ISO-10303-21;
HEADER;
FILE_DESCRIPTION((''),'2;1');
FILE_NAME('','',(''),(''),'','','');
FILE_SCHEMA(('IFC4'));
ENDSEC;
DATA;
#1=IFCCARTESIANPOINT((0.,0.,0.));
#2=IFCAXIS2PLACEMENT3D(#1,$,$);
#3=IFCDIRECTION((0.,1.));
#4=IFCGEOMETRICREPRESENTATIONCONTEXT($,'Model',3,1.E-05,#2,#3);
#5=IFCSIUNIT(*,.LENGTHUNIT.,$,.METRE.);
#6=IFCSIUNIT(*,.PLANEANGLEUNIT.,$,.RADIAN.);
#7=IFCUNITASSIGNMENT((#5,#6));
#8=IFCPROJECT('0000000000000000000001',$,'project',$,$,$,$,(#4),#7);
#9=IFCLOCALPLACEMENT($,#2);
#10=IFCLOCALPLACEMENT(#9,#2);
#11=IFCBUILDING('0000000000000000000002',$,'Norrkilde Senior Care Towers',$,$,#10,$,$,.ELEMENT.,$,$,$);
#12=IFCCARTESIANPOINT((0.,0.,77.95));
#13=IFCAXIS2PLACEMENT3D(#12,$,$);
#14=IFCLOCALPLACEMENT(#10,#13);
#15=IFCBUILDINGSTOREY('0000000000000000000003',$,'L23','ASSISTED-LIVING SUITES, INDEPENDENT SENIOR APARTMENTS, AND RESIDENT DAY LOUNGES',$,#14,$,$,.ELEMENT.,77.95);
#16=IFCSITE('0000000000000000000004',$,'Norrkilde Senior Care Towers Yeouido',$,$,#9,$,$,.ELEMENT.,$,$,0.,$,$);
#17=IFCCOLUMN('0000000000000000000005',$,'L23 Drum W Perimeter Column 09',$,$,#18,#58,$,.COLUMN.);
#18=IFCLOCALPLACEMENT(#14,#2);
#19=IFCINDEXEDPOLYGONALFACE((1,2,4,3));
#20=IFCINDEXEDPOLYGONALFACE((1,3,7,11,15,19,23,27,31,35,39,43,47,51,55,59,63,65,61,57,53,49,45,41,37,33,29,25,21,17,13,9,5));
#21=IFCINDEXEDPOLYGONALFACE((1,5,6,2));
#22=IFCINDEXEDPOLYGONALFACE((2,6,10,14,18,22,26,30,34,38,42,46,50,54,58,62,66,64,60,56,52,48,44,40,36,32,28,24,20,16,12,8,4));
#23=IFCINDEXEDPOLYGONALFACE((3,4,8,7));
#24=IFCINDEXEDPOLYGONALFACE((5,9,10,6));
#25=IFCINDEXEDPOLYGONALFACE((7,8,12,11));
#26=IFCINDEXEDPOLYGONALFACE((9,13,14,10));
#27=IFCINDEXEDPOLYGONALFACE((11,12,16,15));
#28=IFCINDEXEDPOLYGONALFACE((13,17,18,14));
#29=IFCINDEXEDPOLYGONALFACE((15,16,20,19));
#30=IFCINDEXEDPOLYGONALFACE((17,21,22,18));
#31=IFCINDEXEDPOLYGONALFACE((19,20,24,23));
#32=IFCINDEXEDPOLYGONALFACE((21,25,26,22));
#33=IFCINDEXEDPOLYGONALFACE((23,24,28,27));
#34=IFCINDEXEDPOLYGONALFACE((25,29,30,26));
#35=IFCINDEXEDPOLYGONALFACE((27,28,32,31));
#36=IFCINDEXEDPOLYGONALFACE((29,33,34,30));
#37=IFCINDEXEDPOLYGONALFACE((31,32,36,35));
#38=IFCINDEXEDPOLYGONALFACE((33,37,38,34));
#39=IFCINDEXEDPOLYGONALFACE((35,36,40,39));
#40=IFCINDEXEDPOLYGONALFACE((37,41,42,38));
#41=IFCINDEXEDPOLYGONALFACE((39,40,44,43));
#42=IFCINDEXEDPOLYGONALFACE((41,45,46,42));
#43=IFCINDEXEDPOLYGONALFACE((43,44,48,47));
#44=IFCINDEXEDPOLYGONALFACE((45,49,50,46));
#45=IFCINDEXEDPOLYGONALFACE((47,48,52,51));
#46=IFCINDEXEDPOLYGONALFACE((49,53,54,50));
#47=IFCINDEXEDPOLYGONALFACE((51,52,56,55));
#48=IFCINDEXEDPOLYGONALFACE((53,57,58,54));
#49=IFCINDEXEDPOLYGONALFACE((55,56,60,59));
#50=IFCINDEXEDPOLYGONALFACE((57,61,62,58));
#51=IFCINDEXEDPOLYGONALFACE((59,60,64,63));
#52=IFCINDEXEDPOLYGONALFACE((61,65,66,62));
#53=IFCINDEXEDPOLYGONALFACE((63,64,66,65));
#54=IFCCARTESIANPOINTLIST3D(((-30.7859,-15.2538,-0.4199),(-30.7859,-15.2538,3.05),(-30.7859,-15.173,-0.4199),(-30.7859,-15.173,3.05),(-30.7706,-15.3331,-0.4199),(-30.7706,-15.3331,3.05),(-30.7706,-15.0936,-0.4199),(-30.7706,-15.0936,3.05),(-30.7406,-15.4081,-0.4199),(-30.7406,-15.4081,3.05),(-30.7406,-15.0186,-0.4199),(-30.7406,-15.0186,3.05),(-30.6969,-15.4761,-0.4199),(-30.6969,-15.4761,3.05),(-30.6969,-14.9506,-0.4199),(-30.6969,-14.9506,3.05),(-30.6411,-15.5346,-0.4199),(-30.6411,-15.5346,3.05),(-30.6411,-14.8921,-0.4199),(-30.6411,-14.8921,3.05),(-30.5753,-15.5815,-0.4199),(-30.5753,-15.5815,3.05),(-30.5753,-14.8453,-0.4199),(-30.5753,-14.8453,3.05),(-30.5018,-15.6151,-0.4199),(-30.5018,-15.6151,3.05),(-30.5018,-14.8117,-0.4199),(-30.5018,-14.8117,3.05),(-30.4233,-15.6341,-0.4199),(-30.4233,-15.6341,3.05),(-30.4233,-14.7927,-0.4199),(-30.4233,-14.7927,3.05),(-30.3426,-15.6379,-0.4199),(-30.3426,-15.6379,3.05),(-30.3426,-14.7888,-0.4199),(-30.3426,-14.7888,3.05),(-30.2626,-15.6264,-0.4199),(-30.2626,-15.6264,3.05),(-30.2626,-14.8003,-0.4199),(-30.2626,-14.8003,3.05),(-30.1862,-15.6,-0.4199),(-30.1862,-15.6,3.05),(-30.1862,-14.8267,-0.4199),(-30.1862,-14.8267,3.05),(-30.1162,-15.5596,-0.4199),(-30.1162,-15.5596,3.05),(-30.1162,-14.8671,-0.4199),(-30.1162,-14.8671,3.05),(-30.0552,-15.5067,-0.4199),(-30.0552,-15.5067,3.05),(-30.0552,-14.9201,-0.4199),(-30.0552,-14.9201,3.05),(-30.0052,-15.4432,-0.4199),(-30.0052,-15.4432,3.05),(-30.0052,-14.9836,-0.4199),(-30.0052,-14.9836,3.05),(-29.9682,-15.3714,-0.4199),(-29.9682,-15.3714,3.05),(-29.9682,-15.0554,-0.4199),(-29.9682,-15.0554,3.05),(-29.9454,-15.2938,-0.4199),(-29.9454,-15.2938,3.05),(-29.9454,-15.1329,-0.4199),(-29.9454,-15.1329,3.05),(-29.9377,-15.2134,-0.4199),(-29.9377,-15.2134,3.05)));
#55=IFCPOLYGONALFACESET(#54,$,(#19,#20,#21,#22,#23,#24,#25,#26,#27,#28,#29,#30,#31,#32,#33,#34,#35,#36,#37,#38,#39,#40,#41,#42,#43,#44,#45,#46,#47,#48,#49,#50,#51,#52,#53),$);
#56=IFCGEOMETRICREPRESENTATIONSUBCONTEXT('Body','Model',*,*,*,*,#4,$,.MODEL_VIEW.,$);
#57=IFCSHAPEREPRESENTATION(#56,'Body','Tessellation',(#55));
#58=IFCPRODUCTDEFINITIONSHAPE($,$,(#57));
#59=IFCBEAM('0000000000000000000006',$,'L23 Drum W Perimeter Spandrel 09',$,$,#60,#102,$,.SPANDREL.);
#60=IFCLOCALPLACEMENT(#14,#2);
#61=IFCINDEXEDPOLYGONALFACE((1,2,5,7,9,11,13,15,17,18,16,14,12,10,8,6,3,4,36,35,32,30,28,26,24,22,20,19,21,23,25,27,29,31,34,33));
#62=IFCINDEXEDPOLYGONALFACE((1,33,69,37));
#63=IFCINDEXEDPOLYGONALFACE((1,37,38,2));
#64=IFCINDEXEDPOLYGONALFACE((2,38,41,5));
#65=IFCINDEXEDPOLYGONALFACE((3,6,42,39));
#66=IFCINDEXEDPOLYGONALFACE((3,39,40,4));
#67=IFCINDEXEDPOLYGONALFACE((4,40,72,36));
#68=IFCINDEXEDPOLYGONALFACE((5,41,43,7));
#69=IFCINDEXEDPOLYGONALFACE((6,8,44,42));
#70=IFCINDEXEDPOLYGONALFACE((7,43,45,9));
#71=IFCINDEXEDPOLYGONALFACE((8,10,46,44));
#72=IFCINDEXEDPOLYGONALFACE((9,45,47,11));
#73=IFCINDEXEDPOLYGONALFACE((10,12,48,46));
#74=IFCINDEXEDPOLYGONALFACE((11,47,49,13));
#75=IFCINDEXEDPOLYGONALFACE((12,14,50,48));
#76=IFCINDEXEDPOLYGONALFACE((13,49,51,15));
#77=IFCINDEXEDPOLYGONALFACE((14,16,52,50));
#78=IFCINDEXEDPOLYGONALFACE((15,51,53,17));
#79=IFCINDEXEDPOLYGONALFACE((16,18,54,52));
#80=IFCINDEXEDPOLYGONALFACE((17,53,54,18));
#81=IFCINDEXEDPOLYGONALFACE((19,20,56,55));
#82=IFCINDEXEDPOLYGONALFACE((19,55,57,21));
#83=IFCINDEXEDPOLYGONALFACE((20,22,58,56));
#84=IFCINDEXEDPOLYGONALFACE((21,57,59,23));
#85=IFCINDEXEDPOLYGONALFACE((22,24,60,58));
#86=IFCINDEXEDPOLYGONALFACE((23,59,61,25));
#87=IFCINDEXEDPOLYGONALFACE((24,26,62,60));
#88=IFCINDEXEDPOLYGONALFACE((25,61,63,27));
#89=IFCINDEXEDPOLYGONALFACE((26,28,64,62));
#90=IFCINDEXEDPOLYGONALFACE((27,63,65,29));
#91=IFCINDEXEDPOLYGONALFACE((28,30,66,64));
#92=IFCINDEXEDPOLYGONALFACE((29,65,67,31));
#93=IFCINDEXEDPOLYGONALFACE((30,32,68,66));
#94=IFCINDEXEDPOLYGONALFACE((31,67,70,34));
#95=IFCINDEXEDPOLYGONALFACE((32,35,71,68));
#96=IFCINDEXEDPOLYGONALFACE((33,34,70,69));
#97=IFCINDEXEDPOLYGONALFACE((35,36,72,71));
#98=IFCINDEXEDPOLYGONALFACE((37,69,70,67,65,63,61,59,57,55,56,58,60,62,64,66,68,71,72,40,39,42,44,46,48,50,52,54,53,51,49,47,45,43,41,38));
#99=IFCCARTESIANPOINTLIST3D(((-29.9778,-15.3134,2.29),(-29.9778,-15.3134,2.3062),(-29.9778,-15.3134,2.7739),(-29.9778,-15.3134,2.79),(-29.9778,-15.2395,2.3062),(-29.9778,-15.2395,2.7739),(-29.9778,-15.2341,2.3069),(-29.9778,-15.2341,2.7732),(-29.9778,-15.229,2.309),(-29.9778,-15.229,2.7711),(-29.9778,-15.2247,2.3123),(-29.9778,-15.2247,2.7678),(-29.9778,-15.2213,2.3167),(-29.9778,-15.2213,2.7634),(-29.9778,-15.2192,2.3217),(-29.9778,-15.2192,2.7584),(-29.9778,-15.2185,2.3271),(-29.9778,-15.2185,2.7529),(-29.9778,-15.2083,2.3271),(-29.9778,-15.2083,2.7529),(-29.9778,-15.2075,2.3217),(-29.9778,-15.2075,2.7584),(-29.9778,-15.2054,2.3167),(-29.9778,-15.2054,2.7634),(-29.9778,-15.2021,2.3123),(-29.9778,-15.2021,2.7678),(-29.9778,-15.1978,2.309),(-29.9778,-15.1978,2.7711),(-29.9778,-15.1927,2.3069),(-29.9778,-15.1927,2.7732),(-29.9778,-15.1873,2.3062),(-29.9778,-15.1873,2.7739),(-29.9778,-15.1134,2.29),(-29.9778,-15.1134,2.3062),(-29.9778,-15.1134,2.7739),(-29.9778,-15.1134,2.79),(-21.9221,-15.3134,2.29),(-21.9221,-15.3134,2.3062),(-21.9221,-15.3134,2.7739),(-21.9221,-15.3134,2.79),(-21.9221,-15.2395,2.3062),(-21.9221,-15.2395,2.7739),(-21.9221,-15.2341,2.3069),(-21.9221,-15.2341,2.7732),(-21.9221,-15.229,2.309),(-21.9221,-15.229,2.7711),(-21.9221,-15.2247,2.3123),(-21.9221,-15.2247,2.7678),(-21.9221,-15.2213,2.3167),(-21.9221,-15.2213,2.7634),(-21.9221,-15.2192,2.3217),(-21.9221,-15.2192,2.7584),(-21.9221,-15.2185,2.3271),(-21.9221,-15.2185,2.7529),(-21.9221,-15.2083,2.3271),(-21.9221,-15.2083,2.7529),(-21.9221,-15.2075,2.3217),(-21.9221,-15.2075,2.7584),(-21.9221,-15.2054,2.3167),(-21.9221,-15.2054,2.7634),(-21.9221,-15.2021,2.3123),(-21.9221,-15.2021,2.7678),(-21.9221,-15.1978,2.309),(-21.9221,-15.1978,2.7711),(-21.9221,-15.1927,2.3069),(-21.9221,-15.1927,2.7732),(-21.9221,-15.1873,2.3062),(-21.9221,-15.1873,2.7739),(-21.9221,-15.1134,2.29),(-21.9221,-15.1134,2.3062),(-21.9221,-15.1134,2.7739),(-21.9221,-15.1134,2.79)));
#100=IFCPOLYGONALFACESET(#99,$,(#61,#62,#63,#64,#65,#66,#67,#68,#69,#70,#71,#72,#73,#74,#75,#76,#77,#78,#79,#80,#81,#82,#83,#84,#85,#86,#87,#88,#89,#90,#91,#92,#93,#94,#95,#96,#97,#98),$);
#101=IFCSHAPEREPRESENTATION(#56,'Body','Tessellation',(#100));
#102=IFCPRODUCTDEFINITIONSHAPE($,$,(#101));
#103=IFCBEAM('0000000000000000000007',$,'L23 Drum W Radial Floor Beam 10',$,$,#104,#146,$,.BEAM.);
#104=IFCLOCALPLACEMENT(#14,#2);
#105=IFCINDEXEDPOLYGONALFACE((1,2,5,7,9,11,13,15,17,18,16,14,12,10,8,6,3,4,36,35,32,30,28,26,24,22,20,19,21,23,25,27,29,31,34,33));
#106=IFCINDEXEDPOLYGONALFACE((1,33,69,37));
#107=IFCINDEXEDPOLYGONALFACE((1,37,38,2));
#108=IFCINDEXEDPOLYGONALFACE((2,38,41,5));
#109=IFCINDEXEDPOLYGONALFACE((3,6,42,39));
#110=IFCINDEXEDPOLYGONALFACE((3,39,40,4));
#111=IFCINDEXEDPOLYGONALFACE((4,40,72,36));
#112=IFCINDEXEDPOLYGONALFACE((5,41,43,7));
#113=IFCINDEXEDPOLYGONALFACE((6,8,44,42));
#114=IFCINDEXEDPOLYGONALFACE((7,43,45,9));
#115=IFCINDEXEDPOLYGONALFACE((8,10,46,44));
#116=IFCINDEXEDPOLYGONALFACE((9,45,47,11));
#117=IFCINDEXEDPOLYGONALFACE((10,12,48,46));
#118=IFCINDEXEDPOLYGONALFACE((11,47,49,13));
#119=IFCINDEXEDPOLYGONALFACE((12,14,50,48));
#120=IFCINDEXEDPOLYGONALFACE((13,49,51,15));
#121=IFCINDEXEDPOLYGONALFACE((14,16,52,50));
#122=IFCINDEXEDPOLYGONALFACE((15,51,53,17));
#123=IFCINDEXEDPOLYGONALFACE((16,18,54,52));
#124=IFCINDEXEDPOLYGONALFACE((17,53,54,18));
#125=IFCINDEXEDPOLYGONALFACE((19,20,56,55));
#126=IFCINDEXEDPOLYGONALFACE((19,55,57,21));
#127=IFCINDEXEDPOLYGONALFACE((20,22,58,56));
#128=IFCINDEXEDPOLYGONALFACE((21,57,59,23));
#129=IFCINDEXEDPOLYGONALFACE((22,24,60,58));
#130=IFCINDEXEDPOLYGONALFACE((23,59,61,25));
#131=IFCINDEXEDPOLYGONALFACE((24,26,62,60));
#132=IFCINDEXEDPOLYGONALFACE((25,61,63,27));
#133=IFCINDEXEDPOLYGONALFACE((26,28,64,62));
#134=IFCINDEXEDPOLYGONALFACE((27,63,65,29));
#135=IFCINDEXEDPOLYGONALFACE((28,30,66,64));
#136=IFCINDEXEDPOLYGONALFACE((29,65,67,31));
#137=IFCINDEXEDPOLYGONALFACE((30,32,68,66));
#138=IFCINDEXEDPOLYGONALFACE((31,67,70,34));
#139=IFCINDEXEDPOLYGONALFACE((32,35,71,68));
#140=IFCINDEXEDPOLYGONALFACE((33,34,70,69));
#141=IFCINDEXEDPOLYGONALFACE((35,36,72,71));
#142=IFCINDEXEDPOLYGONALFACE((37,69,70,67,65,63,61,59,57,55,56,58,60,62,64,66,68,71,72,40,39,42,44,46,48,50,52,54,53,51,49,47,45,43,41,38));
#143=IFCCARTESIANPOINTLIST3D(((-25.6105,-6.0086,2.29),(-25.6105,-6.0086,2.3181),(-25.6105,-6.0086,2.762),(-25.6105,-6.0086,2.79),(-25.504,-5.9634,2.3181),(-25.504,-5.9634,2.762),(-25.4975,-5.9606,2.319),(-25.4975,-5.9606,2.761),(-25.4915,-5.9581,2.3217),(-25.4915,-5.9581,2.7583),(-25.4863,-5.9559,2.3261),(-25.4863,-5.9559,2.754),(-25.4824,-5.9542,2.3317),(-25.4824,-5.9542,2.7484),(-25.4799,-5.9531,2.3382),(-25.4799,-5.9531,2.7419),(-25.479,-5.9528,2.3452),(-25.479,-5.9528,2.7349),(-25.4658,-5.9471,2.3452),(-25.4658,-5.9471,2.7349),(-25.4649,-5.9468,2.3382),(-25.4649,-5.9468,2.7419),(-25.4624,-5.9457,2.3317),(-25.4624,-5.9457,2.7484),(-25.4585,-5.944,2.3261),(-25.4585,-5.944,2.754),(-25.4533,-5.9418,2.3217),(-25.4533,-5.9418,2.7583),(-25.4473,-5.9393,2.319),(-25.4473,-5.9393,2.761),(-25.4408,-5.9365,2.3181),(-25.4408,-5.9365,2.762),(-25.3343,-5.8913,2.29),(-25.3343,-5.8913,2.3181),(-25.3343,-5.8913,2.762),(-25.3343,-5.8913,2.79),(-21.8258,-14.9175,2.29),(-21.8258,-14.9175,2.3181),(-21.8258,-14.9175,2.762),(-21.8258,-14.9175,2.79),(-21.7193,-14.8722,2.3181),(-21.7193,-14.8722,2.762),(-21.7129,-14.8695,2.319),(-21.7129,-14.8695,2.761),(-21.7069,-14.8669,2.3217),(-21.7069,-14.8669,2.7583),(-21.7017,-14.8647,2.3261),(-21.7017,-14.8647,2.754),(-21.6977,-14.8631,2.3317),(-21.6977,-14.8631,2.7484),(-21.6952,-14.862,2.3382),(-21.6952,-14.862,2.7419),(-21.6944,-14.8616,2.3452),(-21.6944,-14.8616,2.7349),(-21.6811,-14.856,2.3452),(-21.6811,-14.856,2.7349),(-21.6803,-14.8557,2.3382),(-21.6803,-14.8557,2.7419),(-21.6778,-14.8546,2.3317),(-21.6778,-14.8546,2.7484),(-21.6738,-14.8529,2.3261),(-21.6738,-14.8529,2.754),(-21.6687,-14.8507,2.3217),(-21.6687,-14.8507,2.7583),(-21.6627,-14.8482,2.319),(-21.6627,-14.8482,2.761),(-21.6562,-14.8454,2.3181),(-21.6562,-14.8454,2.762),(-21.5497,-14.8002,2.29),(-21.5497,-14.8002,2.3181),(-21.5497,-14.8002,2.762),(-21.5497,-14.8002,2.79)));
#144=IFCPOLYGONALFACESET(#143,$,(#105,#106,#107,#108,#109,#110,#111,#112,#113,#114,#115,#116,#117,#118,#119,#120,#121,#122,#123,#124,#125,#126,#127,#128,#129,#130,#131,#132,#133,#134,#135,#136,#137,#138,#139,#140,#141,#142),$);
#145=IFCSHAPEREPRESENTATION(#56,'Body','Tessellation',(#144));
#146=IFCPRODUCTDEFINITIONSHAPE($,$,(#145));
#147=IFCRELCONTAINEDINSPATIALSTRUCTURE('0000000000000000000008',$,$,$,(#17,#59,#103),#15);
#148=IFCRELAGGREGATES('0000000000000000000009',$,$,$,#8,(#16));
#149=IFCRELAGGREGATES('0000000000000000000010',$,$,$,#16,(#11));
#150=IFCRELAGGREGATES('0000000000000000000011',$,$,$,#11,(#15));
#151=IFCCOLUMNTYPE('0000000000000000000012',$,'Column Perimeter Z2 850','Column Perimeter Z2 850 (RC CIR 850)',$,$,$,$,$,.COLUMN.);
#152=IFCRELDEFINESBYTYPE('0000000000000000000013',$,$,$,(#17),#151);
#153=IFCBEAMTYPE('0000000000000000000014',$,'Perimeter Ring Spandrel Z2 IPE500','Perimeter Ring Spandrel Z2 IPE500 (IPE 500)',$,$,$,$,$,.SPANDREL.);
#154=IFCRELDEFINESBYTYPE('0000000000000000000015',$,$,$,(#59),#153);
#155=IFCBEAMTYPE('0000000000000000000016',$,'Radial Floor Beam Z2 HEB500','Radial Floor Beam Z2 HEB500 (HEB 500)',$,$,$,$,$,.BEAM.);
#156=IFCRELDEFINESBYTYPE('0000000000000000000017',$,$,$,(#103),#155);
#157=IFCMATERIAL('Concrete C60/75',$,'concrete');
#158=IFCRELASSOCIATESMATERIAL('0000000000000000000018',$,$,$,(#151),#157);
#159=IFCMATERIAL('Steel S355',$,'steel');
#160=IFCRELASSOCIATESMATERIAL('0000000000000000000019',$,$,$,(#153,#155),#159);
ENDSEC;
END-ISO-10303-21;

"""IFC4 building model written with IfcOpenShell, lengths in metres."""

from ifc_helpers import new_model, si_unit, direction, frame, origin, origin_2d, place, context, subcontext, project, spatial, circle, i_section, extrude, source, transform, mapped, material, material_profile, profile_set, type_object, type_shapes, element, save


model = new_model("IFC4")

# Units and contexts
model_context = context("Model", 3, precision=1e-05, world=origin(), true_north=direction((0.0, 1.0)))
body_context = subcontext(model_context, "Body", "Model", "MODEL_VIEW")
ifc_project = project(units=[si_unit("LENGTHUNIT", "METRE"), si_unit("PLANEANGLEUNIT", "RADIAN")], contexts=[model_context])

# Site, building, storey
site_placement = place(None, origin())
site = spatial("IfcSite", under=ifc_project, at=site_placement, Name="Norrkilde Senior Care Towers Yeouido", CompositionType="ELEMENT", RefElevation=0.0)
building_placement = place(site_placement, origin())
building = spatial("IfcBuilding", under=site, at=building_placement, Name="Norrkilde Senior Care Towers", CompositionType="ELEMENT")
storey_placement = place(building_placement, frame((0.0, 0.0, 77.95)))
storey = spatial("IfcBuildingStorey", under=building, at=storey_placement, Name="L23", Description="ASSISTED-LIVING SUITES, INDEPENDENT SENIOR APARTMENTS, AND RESIDENT DAY LOUNGES", CompositionType="ELEMENT", Elevation=77.95)

# Column
ifc_material_1 = material(Name="Concrete C60/75", Category="concrete")
ifc_material_profile_1 = material_profile(ifc_material_1, circle(Radius=0.425, at=origin_2d()), Name="RC CIR 850")
ifc_profile_set_1 = profile_set([ifc_material_profile_1], Name="Concrete C60/75")
column_type = type_object("IfcColumnType", Name="Column Perimeter Z2 850", Description="Column Perimeter Z2 850 (RC CIR 850)", PredefinedType="COLUMN", material=ifc_profile_set_1)
shared_shape_1 = source(origin(), body_context, "Body", "SweptSolid", [
    extrude(circle(Radius=0.425, at=origin_2d()), origin(), (0.0, 0.0, 1.0), 3.47),
])
type_shapes(column_type, [shared_shape_1])
column_placement = place(storey_placement, frame((-30.3628, -15.2134, -0.4199), z_axis=(0.0, 0.0, 1.0), x_axis=(1.0, 0.0, 0.0)))
element("IfcColumn", 1, at=column_placement, inside=storey, type_object=column_type, Name="L23 Drum W Perimeter Column 09", PredefinedType="COLUMN", context=body_context, shape_type="MappedRepresentation", body=[
    mapped(shared_shape_1, transform((0.0, 0.0, 0.0), x_axis=(1.0, 0.0, 0.0), y_axis=(0.0, 1.0, 0.0), z_axis=(0.0, 0.0, 1.0), scale=1.0)),
])

# Beams
ifc_material_2 = material(Name="Steel S355", Category="steel")
ifc_material_profile_2 = material_profile(ifc_material_2, i_section(OverallWidth=0.2, OverallDepth=0.5, WebThickness=0.0103, FlangeThickness=0.0161, FilletRadius=0.021, at=origin_2d()), Name="IPE 500")
ifc_profile_set_2 = profile_set([ifc_material_profile_2], Name="Steel S355")
beam_type_1 = type_object("IfcBeamType", Name="Perimeter Ring Spandrel Z2 IPE500", Description="Perimeter Ring Spandrel Z2 IPE500 (IPE 500)", PredefinedType="SPANDREL", material=ifc_profile_set_2)
shared_shape_2 = source(origin(), body_context, "Body", "SweptSolid", [
    extrude(i_section(OverallWidth=0.2, OverallDepth=0.5, WebThickness=0.0103, FlangeThickness=0.0161, FilletRadius=0.021, at=origin_2d()), origin(), (0.0, 0.0, 1.0), 8.0557),
])
type_shapes(beam_type_1, [shared_shape_2])
beam_1_placement = place(storey_placement, frame((-29.9778, -15.2134, 2.54), z_axis=(1.0, 0.0, 0.0), x_axis=(0.0, 1.0, 0.0)))
element("IfcBeam", 2, at=beam_1_placement, inside=storey, type_object=beam_type_1, Name="L23 Drum W Perimeter Spandrel 09", PredefinedType="SPANDREL", context=body_context, shape_type="MappedRepresentation", body=[
    mapped(shared_shape_2, transform((0.0, 0.0, 0.0), x_axis=(1.0, 0.0, 0.0), y_axis=(0.0, 1.0, 0.0), z_axis=(0.0, 0.0, 1.0), scale=1.0)),
])
ifc_material_profile_3 = material_profile(ifc_material_2, i_section(OverallWidth=0.3, OverallDepth=0.5, WebThickness=0.0144, FlangeThickness=0.0281, FilletRadius=0.0271, at=origin_2d()), Name="HEB 500")
ifc_profile_set_3 = profile_set([ifc_material_profile_3], Name="Steel S355")
beam_type_2 = type_object("IfcBeamType", Name="Radial Floor Beam Z2 HEB500", Description="Radial Floor Beam Z2 HEB500 (HEB 500)", PredefinedType="BEAM", material=ifc_profile_set_3)
shared_shape_3 = source(origin(), body_context, "Body", "SweptSolid", [
    extrude(i_section(OverallWidth=0.3, OverallDepth=0.5, WebThickness=0.0144, FlangeThickness=0.0281, FilletRadius=0.0271, at=origin_2d()), origin(), (0.0, 0.0, 1.0), 9.6794),
])
beam_2_placement = place(storey_placement, frame((-25.4724, -5.95, 2.54), z_axis=(0.390998, -0.920392, 0.0), x_axis=(0.920392, 0.390998, 0.0)))
element("IfcBeam", 3, at=beam_2_placement, inside=storey, type_object=beam_type_2, Name="L23 Drum W Radial Floor Beam 10", PredefinedType="BEAM", context=body_context, shape_type="MappedRepresentation", body=[
    mapped(shared_shape_3, transform((0.0, 0.0, 0.0), x_axis=(1.0, 0.0, 0.0), y_axis=(0.0, 1.0, 0.0), z_axis=(0.0, 0.0, 1.0), scale=1.0)),
])

save(model, "model.ifc")
